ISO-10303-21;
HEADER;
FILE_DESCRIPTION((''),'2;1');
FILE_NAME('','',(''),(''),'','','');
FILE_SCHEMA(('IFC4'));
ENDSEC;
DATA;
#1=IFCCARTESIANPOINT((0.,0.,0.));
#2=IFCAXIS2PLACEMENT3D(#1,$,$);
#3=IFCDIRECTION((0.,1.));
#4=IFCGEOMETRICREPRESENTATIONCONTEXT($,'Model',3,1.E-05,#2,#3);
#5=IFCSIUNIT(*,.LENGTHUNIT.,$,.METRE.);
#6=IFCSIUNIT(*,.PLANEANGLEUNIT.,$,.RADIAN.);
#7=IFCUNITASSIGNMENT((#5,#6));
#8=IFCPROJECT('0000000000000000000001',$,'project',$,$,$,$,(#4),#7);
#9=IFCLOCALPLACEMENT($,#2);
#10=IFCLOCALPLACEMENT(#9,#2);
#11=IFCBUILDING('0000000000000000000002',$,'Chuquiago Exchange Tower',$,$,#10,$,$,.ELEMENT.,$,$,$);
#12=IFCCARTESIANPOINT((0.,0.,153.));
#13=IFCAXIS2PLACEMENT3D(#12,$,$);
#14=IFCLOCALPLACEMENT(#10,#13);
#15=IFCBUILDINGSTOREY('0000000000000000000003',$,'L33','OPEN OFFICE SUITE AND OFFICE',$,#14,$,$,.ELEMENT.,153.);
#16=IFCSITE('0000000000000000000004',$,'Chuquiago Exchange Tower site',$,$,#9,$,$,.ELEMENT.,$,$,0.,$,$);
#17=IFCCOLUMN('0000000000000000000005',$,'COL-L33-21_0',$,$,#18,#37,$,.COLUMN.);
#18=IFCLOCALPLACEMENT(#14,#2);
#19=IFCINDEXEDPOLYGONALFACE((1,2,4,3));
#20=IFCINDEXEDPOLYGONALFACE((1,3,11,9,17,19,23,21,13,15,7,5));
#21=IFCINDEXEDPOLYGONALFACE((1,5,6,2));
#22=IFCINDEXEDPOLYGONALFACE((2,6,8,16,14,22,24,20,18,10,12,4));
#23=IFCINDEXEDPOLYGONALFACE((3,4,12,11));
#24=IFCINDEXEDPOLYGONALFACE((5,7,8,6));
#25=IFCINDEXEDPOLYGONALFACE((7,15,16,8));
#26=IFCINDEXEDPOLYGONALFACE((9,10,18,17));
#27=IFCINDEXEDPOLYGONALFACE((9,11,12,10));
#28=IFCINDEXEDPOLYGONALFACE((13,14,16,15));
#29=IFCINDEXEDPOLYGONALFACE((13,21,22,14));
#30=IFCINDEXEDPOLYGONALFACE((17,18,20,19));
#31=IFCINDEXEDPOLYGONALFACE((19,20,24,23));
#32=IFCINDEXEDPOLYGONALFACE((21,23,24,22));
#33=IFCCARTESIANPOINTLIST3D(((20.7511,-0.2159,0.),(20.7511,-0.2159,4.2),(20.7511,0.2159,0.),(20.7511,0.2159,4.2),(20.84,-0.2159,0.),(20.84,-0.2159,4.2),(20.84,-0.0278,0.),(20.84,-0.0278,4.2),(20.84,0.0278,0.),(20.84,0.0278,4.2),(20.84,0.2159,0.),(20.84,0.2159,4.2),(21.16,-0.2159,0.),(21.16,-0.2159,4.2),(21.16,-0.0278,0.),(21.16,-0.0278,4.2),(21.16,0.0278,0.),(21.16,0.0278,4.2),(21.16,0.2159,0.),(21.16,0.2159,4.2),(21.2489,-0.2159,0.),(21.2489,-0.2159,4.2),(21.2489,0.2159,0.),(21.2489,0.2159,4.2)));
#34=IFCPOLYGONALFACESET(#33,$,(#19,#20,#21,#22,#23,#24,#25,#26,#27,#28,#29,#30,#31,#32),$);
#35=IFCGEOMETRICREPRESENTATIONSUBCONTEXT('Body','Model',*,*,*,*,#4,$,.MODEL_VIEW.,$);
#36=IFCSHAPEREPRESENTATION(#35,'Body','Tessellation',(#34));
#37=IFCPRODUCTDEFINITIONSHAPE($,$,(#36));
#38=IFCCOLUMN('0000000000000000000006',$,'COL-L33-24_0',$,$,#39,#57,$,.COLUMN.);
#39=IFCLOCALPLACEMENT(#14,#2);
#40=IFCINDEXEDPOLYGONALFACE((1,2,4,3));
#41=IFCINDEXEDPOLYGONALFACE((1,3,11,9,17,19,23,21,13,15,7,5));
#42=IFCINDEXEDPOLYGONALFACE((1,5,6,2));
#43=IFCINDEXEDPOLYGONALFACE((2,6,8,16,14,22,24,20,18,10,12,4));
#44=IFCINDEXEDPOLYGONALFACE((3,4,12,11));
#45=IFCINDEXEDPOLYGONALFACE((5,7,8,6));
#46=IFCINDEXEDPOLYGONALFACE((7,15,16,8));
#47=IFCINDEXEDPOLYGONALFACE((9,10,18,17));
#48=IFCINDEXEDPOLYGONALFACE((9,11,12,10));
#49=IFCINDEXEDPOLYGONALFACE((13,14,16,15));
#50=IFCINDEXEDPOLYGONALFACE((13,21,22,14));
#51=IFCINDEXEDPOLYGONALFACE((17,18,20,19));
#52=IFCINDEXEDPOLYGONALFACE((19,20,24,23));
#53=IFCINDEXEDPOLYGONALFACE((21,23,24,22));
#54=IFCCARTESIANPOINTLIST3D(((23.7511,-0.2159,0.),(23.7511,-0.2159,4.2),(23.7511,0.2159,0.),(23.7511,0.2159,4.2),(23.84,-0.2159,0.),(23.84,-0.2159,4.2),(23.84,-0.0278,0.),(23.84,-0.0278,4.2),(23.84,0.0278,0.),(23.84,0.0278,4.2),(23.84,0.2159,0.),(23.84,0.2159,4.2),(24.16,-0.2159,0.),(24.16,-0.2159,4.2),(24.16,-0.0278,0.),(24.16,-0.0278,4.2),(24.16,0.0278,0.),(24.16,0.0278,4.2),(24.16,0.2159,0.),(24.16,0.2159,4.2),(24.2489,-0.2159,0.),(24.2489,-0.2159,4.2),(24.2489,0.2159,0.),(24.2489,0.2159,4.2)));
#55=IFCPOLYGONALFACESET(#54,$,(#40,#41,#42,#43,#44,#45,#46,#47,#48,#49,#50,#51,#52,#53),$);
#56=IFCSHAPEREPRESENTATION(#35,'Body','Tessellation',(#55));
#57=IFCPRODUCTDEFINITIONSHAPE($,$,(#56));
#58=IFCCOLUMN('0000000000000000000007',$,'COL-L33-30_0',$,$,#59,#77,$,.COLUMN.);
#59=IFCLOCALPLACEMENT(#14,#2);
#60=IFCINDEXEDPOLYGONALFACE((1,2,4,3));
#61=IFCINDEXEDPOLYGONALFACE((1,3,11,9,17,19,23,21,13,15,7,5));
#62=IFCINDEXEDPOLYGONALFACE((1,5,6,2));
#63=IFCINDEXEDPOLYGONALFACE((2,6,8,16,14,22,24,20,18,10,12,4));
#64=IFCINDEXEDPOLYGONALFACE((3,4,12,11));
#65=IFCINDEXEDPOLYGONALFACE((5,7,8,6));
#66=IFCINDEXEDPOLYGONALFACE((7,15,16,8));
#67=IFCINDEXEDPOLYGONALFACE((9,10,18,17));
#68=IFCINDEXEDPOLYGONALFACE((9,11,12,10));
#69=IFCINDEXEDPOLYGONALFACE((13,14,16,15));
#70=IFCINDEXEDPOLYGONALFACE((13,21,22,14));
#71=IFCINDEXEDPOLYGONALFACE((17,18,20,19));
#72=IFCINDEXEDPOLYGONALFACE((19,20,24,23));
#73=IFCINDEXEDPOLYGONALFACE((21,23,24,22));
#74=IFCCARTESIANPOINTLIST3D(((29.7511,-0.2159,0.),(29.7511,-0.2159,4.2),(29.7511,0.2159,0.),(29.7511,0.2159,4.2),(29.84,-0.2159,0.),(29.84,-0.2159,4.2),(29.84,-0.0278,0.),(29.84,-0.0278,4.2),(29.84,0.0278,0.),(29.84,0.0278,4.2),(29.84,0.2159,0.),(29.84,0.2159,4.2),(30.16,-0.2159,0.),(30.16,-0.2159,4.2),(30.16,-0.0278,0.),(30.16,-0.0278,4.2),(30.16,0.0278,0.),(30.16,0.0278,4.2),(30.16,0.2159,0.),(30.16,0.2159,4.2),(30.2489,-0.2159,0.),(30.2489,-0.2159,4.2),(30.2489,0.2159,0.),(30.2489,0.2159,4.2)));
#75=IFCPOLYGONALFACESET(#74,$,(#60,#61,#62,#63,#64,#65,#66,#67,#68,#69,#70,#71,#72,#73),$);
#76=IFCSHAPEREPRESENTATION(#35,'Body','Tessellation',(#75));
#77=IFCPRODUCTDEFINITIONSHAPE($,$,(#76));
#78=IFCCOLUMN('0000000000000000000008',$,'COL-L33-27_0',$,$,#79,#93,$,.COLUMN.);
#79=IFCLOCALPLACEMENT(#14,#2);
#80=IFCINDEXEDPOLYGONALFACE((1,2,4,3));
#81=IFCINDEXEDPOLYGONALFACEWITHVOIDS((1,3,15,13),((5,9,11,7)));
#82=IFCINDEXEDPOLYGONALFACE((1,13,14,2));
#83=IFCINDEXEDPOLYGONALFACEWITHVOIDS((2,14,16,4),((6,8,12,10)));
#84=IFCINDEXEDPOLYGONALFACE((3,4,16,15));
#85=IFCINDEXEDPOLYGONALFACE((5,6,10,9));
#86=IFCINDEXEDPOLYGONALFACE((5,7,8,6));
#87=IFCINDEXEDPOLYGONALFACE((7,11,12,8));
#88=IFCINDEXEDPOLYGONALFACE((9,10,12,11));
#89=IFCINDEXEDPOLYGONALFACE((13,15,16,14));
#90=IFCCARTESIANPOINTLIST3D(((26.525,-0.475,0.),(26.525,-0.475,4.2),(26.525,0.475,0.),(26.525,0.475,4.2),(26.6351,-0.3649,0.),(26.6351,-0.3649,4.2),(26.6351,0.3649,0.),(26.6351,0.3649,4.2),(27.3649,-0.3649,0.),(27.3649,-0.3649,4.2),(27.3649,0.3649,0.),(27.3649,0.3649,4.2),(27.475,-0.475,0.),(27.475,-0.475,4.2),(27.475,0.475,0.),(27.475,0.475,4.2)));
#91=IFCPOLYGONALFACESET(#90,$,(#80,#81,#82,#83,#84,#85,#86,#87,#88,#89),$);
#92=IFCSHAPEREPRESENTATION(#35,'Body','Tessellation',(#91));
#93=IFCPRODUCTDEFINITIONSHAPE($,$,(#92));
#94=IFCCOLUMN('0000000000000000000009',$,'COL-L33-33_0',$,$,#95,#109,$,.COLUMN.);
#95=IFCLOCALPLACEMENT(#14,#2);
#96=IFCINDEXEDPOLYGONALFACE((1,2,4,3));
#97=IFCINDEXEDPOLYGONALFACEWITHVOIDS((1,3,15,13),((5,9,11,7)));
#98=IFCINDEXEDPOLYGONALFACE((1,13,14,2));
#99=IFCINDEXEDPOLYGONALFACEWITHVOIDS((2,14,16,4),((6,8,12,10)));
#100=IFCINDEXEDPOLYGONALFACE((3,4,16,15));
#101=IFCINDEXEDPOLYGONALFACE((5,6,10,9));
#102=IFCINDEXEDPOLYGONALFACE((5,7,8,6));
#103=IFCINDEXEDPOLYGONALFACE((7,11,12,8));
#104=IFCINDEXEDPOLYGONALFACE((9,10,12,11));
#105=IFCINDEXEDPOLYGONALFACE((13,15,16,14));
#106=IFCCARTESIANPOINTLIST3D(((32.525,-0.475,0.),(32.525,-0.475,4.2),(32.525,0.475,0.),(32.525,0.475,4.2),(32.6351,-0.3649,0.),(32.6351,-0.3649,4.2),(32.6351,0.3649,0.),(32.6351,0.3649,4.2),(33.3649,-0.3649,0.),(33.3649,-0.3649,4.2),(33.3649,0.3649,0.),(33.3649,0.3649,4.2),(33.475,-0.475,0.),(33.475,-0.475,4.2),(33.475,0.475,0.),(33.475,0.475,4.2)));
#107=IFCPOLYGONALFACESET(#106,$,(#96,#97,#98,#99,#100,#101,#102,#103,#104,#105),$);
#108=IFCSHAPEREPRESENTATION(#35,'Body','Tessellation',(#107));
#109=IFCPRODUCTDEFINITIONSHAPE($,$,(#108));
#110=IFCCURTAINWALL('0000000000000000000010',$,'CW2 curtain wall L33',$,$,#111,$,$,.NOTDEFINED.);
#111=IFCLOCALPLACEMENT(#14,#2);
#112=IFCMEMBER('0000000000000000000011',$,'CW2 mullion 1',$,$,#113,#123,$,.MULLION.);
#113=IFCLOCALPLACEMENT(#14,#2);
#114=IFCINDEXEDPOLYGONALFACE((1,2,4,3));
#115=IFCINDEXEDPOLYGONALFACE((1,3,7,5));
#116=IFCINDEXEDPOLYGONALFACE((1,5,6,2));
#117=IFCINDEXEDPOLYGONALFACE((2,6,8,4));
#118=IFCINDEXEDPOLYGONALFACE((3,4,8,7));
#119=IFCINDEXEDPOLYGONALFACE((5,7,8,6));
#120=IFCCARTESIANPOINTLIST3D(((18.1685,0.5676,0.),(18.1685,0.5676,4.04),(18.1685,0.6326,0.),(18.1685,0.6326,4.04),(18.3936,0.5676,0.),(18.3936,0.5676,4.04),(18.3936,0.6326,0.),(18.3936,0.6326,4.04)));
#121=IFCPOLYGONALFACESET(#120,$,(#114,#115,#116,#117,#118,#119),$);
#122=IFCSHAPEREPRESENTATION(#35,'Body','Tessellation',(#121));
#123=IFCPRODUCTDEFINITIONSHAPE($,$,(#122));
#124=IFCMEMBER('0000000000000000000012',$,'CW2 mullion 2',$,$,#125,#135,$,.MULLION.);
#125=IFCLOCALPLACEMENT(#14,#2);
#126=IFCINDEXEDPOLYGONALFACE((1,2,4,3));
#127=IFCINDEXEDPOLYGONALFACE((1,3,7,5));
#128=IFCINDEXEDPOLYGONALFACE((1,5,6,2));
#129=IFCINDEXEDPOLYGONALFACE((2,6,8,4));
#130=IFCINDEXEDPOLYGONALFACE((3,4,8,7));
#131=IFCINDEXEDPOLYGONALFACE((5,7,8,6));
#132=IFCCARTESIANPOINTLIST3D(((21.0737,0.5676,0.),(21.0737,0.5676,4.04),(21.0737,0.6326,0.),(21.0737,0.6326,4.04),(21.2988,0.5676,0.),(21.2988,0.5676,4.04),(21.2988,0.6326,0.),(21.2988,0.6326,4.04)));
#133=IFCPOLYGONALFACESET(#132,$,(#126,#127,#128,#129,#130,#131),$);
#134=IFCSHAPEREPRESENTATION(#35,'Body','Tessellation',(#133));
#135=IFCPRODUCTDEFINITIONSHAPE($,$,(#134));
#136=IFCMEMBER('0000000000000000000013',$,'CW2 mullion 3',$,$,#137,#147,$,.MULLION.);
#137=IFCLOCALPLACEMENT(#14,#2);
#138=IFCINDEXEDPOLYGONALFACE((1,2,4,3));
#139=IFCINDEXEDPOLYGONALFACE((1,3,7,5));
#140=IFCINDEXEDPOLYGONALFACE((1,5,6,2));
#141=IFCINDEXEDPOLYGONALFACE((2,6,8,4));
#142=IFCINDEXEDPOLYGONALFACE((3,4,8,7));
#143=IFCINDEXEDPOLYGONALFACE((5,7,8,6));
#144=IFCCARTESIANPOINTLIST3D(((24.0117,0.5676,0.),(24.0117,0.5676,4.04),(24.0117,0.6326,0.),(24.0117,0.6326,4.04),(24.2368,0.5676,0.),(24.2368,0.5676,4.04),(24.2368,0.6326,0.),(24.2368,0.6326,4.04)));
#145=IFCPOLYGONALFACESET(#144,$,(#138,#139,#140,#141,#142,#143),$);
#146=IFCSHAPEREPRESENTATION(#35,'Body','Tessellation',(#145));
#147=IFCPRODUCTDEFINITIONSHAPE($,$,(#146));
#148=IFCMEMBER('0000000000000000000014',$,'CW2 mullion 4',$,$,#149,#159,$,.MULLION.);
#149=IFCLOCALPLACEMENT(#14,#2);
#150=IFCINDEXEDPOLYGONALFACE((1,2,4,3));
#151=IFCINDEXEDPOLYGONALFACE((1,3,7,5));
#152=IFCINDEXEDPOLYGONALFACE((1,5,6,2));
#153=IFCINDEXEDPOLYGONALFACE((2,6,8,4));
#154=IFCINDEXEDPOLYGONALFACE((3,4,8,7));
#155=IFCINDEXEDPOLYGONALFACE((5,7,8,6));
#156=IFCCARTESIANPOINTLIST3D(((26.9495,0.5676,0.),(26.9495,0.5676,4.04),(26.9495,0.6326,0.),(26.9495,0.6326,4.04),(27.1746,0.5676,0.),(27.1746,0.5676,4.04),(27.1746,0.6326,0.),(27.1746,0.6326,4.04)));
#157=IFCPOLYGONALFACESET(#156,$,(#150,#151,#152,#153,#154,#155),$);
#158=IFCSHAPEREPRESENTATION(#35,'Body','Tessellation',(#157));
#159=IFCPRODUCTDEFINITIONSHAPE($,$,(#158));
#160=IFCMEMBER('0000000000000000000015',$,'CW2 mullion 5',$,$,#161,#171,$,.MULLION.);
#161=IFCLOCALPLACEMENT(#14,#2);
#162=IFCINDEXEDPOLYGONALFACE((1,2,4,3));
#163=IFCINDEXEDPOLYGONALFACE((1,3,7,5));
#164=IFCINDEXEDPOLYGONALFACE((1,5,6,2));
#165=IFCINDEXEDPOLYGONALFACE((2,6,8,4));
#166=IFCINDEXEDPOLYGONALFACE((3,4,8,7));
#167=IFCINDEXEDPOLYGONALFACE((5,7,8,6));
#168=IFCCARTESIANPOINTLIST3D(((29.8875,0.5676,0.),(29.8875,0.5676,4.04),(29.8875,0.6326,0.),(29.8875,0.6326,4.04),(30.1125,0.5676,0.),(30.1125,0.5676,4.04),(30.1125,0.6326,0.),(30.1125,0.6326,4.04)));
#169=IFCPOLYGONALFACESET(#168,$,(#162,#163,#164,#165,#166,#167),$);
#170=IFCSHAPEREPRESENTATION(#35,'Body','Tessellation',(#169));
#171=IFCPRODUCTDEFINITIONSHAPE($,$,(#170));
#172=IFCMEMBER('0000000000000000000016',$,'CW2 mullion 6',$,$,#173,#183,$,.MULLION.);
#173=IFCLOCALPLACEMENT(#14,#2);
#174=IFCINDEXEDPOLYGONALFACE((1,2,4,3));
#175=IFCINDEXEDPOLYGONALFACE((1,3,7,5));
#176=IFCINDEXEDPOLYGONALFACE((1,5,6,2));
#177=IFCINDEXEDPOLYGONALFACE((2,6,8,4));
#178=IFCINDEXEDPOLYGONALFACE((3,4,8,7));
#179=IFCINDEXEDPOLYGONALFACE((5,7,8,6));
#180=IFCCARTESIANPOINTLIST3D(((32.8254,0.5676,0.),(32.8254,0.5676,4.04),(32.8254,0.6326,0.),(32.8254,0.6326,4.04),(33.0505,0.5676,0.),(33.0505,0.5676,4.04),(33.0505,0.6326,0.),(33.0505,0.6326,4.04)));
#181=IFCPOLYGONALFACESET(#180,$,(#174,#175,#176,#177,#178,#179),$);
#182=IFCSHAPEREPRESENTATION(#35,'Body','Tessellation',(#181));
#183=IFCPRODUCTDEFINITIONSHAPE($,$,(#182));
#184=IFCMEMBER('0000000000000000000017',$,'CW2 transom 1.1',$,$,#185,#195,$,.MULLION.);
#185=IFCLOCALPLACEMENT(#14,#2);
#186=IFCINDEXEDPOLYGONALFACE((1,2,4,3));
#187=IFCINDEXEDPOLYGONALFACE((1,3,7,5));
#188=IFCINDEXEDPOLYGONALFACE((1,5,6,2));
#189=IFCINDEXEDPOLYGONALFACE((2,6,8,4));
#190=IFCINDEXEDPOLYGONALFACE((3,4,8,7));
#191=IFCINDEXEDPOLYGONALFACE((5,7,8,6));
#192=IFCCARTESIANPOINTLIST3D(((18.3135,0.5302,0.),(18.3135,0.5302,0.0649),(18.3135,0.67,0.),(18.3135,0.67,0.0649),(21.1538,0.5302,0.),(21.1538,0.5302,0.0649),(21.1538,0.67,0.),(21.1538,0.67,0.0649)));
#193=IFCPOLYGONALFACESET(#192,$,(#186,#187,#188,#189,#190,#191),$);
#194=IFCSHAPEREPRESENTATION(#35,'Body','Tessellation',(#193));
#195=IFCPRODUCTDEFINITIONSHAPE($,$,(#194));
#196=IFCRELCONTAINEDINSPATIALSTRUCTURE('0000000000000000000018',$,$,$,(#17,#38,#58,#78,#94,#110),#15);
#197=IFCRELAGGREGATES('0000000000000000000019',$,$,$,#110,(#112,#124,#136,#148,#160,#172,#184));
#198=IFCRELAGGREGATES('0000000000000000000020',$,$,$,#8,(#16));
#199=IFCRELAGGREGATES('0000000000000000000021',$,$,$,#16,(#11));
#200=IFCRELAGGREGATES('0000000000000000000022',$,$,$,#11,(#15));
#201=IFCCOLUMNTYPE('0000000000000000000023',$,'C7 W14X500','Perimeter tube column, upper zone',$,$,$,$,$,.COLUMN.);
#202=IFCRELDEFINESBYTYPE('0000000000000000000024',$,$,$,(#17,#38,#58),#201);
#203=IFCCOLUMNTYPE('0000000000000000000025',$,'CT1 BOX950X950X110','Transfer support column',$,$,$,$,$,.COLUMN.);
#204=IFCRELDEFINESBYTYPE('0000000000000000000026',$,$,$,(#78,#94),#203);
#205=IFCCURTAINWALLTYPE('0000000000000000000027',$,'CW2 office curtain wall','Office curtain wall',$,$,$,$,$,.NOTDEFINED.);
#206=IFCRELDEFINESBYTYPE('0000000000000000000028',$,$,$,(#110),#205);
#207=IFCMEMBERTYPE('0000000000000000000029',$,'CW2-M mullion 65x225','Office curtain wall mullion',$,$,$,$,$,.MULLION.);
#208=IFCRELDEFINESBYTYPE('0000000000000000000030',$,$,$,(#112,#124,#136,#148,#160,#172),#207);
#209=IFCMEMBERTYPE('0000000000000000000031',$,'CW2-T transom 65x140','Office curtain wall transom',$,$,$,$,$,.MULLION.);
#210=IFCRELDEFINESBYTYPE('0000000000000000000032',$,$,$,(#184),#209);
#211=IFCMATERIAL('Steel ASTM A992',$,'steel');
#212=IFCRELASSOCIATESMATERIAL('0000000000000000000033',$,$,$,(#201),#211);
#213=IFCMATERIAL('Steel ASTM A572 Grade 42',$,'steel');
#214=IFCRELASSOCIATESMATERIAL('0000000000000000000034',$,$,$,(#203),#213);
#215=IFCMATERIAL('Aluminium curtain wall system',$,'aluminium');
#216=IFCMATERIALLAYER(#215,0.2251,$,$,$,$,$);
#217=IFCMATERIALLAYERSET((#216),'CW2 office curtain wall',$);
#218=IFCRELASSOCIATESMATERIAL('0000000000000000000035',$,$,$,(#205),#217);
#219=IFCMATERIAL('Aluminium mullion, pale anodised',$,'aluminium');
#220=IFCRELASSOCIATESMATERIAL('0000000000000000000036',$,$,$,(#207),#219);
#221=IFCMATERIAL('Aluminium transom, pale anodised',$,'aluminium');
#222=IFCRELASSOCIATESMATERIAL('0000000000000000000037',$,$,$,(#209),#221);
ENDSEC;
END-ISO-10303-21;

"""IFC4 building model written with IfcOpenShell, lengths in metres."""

from ifc_helpers import new_model, si_unit, direction, frame, origin, origin_2d, place, context, subcontext, project, spatial, rectangle, hollow_rectangle, i_section, extrude, material, layer, layer_set, material_profile, profile_set, type_object, element, aggregate, save


model = new_model("IFC4")

# Units and contexts
model_context = context("Model", 3, precision=1e-05, world=origin(), true_north=direction((0.0, 1.0)))
body_context = subcontext(model_context, "Body", "Model", "MODEL_VIEW")
ifc_project = project(units=[si_unit("LENGTHUNIT", "METRE"), si_unit("PLANEANGLEUNIT", "RADIAN")], contexts=[model_context])

# Site, building, storey
site_placement = place(None, origin())
site = spatial("IfcSite", under=ifc_project, at=site_placement, Name="Chuquiago Exchange Tower site", CompositionType="ELEMENT", RefElevation=0.0)
building_placement = place(site_placement, origin())
building = spatial("IfcBuilding", under=site, at=building_placement, Name="Chuquiago Exchange Tower", CompositionType="ELEMENT")
storey_placement = place(building_placement, frame((0.0, 0.0, 153.0)))
storey = spatial("IfcBuildingStorey", under=building, at=storey_placement, Name="L33", Description="OPEN OFFICE SUITE AND OFFICE", CompositionType="ELEMENT", Elevation=153.0)

# Columns
ifc_material_1 = material(Name="Steel ASTM A992", Category="steel")
ifc_material_profile_1 = material_profile(ifc_material_1, i_section(OverallWidth=0.4319, OverallDepth=0.4978, WebThickness=0.0557, FlangeThickness=0.0889, at=origin_2d()), Name="W14X500")
ifc_profile_set_1 = profile_set([ifc_material_profile_1], Name="Steel ASTM A992")
column_type_1 = type_object("IfcColumnType", Name="C7 W14X500", Description="Perimeter tube column, upper zone", PredefinedType="COLUMN", material=ifc_profile_set_1)
for number, where, z_axis, x_axis, name in (
    (1, (21.0, 0.0, 0.0), (0.0, 0.0, 1.0), (0.0, -1.0, 0.0), "COL-L33-21_0"),
    (2, (24.0, 0.0, 0.0), (0.0, 0.0, 1.0), (0.0, -1.0, 0.0), "COL-L33-24_0"),
    (3, (30.0, 0.0, 0.0), (0.0, 0.0, 1.0), (0.0, -1.0, 0.0), "COL-L33-30_0"),
):
    element("IfcColumn", number, at=place(storey_placement, frame(where, z_axis=z_axis, x_axis=x_axis)), inside=storey, type_object=column_type_1, Name=name, PredefinedType="COLUMN", context=body_context, shape_type="SweptSolid", body=[
        extrude(i_section(OverallWidth=0.4319, OverallDepth=0.4978, WebThickness=0.0557, FlangeThickness=0.0889, at=origin_2d()), origin(), (0.0, 0.0, 1.0), 4.2),
    ])
ifc_material_2 = material(Name="Steel ASTM A572 Grade 42", Category="steel")
ifc_material_profile_2 = material_profile(ifc_material_2, hollow_rectangle(XDim=0.95, YDim=0.95, WallThickness=0.1101, at=origin_2d()), Name="BOX950X950X110")
ifc_profile_set_2 = profile_set([ifc_material_profile_2], Name="Steel ASTM A572 Grade 42")
column_type_2 = type_object("IfcColumnType", Name="CT1 BOX950X950X110", Description="Transfer support column", PredefinedType="COLUMN", material=ifc_profile_set_2)
for number, where, z_axis, x_axis, name in (
    (4, (27.0, 0.0, 0.0), (0.0, 0.0, 1.0), (0.0, -1.0, 0.0), "COL-L33-27_0"),
    (5, (33.0, 0.0, 0.0), (0.0, 0.0, 1.0), (0.0, -1.0, 0.0), "COL-L33-33_0"),
):
    element("IfcColumn", number, at=place(storey_placement, frame(where, z_axis=z_axis, x_axis=x_axis)), inside=storey, type_object=column_type_2, Name=name, PredefinedType="COLUMN", context=body_context, shape_type="SweptSolid", body=[
        extrude(hollow_rectangle(XDim=0.95, YDim=0.95, WallThickness=0.1101, at=origin_2d()), origin(), (0.0, 0.0, 1.0), 4.2),
    ])

# Curtain wall, members
ifc_material_3 = material(Name="Aluminium curtain wall system", Category="aluminium")
ifc_layer_1 = layer(ifc_material_3, 0.2251)
ifc_layer_set_1 = layer_set([ifc_layer_1], Name="CW2 office curtain wall")
curtain_wall_type_1 = type_object("IfcCurtainWallType", Name="CW2 office curtain wall", Description="Office curtain wall", PredefinedType="NOTDEFINED", material=ifc_layer_set_1)
curtain_wall_1_placement = place(storey_placement, origin())
curtain_wall_1 = element("IfcCurtainWall", 6, at=curtain_wall_1_placement, inside=storey, type_object=curtain_wall_type_1, Name="CW2 curtain wall L33", PredefinedType="NOTDEFINED")
ifc_material_4 = material(Name="Aluminium mullion, pale anodised", Category="aluminium")
ifc_material_profile_3 = material_profile(ifc_material_4, rectangle(XDim=0.0649, YDim=0.2251, at=origin_2d()), Name="AL 65x225")
ifc_profile_set_3 = profile_set([ifc_material_profile_3], Name="Aluminium mullion, pale anodised")
member_type_1 = type_object("IfcMemberType", Name="CW2-M mullion 65x225", Description="Office curtain wall mullion", PredefinedType="MULLION", material=ifc_profile_set_3)
member_1_placement = place(storey_placement, frame((18.281, 0.6001, 0.0), z_axis=(0.0, 0.0, 1.0), x_axis=(0.0, 1.0, 0.0)))
member_1 = element("IfcMember", 7, at=member_1_placement, type_object=member_type_1, Name="CW2 mullion 1", PredefinedType="MULLION", context=body_context, shape_type="SweptSolid", body=[
    extrude(rectangle(XDim=0.0649, YDim=0.2251, at=origin_2d()), origin(), (0.0, 0.0, 1.0), 4.04),
])
member_2_placement = place(storey_placement, frame((21.1863, 0.6001, 0.0), z_axis=(0.0, 0.0, 1.0), x_axis=(0.0, 1.0, 0.0)))
member_2 = element("IfcMember", 8, at=member_2_placement, type_object=member_type_1, Name="CW2 mullion 2", PredefinedType="MULLION", context=body_context, shape_type="SweptSolid", body=[
    extrude(rectangle(XDim=0.0649, YDim=0.2251, at=origin_2d()), origin(), (0.0, 0.0, 1.0), 4.04),
])
member_3_placement = place(storey_placement, frame((24.1243, 0.6001, 0.0), z_axis=(0.0, 0.0, 1.0), x_axis=(0.0, 1.0, 0.0)))
member_3 = element("IfcMember", 9, at=member_3_placement, type_object=member_type_1, Name="CW2 mullion 3", PredefinedType="MULLION", context=body_context, shape_type="SweptSolid", body=[
    extrude(rectangle(XDim=0.0649, YDim=0.2251, at=origin_2d()), origin(), (0.0, 0.0, 1.0), 4.04),
])
member_4_placement = place(storey_placement, frame((27.062, 0.6001, 0.0), z_axis=(0.0, 0.0, 1.0), x_axis=(0.0, 1.0, 0.0)))
member_4 = element("IfcMember", 10, at=member_4_placement, type_object=member_type_1, Name="CW2 mullion 4", PredefinedType="MULLION", context=body_context, shape_type="SweptSolid", body=[
    extrude(rectangle(XDim=0.0649, YDim=0.2251, at=origin_2d()), origin(), (0.0, 0.0, 1.0), 4.04),
])
member_5_placement = place(storey_placement, frame((30.0, 0.6001, 0.0), z_axis=(0.0, 0.0, 1.0), x_axis=(0.0, 1.0, 0.0)))
member_5 = element("IfcMember", 11, at=member_5_placement, type_object=member_type_1, Name="CW2 mullion 5", PredefinedType="MULLION", context=body_context, shape_type="SweptSolid", body=[
    extrude(rectangle(XDim=0.0649, YDim=0.2251, at=origin_2d()), origin(), (0.0, 0.0, 1.0), 4.04),
])
member_6_placement = place(storey_placement, frame((32.938, 0.6001, 0.0), z_axis=(0.0, 0.0, 1.0), x_axis=(0.0, 1.0, 0.0)))
member_6 = element("IfcMember", 12, at=member_6_placement, type_object=member_type_1, Name="CW2 mullion 6", PredefinedType="MULLION", context=body_context, shape_type="SweptSolid", body=[
    extrude(rectangle(XDim=0.0649, YDim=0.2251, at=origin_2d()), origin(), (0.0, 0.0, 1.0), 4.04),
])
ifc_material_5 = material(Name="Aluminium transom, pale anodised", Category="aluminium")
ifc_material_profile_4 = material_profile(ifc_material_5, rectangle(XDim=0.1399, YDim=0.0649, at=origin_2d()), Name="AL 140x65")
ifc_profile_set_4 = profile_set([ifc_material_profile_4], Name="Aluminium transom, pale anodised")
member_type_2 = type_object("IfcMemberType", Name="CW2-T transom 65x140", Description="Office curtain wall transom", PredefinedType="MULLION", material=ifc_profile_set_4)
member_7_placement = place(storey_placement, frame((18.3135, 0.6001, 0.0325), z_axis=(1.0, 0.0, 0.0), x_axis=(0.0, 1.0, 0.0)))
member_7 = element("IfcMember", 13, at=member_7_placement, type_object=member_type_2, Name="CW2 transom 1.1", PredefinedType="MULLION", context=body_context, shape_type="SweptSolid", body=[
    extrude(rectangle(XDim=0.1399, YDim=0.0649, at=origin_2d()), origin(), (0.0, 0.0, 1.0), 2.8403),
])

aggregate(curtain_wall_1, [member_1, member_2, member_3, member_4, member_5, member_6, member_7])

save(model, "model.ifc")
